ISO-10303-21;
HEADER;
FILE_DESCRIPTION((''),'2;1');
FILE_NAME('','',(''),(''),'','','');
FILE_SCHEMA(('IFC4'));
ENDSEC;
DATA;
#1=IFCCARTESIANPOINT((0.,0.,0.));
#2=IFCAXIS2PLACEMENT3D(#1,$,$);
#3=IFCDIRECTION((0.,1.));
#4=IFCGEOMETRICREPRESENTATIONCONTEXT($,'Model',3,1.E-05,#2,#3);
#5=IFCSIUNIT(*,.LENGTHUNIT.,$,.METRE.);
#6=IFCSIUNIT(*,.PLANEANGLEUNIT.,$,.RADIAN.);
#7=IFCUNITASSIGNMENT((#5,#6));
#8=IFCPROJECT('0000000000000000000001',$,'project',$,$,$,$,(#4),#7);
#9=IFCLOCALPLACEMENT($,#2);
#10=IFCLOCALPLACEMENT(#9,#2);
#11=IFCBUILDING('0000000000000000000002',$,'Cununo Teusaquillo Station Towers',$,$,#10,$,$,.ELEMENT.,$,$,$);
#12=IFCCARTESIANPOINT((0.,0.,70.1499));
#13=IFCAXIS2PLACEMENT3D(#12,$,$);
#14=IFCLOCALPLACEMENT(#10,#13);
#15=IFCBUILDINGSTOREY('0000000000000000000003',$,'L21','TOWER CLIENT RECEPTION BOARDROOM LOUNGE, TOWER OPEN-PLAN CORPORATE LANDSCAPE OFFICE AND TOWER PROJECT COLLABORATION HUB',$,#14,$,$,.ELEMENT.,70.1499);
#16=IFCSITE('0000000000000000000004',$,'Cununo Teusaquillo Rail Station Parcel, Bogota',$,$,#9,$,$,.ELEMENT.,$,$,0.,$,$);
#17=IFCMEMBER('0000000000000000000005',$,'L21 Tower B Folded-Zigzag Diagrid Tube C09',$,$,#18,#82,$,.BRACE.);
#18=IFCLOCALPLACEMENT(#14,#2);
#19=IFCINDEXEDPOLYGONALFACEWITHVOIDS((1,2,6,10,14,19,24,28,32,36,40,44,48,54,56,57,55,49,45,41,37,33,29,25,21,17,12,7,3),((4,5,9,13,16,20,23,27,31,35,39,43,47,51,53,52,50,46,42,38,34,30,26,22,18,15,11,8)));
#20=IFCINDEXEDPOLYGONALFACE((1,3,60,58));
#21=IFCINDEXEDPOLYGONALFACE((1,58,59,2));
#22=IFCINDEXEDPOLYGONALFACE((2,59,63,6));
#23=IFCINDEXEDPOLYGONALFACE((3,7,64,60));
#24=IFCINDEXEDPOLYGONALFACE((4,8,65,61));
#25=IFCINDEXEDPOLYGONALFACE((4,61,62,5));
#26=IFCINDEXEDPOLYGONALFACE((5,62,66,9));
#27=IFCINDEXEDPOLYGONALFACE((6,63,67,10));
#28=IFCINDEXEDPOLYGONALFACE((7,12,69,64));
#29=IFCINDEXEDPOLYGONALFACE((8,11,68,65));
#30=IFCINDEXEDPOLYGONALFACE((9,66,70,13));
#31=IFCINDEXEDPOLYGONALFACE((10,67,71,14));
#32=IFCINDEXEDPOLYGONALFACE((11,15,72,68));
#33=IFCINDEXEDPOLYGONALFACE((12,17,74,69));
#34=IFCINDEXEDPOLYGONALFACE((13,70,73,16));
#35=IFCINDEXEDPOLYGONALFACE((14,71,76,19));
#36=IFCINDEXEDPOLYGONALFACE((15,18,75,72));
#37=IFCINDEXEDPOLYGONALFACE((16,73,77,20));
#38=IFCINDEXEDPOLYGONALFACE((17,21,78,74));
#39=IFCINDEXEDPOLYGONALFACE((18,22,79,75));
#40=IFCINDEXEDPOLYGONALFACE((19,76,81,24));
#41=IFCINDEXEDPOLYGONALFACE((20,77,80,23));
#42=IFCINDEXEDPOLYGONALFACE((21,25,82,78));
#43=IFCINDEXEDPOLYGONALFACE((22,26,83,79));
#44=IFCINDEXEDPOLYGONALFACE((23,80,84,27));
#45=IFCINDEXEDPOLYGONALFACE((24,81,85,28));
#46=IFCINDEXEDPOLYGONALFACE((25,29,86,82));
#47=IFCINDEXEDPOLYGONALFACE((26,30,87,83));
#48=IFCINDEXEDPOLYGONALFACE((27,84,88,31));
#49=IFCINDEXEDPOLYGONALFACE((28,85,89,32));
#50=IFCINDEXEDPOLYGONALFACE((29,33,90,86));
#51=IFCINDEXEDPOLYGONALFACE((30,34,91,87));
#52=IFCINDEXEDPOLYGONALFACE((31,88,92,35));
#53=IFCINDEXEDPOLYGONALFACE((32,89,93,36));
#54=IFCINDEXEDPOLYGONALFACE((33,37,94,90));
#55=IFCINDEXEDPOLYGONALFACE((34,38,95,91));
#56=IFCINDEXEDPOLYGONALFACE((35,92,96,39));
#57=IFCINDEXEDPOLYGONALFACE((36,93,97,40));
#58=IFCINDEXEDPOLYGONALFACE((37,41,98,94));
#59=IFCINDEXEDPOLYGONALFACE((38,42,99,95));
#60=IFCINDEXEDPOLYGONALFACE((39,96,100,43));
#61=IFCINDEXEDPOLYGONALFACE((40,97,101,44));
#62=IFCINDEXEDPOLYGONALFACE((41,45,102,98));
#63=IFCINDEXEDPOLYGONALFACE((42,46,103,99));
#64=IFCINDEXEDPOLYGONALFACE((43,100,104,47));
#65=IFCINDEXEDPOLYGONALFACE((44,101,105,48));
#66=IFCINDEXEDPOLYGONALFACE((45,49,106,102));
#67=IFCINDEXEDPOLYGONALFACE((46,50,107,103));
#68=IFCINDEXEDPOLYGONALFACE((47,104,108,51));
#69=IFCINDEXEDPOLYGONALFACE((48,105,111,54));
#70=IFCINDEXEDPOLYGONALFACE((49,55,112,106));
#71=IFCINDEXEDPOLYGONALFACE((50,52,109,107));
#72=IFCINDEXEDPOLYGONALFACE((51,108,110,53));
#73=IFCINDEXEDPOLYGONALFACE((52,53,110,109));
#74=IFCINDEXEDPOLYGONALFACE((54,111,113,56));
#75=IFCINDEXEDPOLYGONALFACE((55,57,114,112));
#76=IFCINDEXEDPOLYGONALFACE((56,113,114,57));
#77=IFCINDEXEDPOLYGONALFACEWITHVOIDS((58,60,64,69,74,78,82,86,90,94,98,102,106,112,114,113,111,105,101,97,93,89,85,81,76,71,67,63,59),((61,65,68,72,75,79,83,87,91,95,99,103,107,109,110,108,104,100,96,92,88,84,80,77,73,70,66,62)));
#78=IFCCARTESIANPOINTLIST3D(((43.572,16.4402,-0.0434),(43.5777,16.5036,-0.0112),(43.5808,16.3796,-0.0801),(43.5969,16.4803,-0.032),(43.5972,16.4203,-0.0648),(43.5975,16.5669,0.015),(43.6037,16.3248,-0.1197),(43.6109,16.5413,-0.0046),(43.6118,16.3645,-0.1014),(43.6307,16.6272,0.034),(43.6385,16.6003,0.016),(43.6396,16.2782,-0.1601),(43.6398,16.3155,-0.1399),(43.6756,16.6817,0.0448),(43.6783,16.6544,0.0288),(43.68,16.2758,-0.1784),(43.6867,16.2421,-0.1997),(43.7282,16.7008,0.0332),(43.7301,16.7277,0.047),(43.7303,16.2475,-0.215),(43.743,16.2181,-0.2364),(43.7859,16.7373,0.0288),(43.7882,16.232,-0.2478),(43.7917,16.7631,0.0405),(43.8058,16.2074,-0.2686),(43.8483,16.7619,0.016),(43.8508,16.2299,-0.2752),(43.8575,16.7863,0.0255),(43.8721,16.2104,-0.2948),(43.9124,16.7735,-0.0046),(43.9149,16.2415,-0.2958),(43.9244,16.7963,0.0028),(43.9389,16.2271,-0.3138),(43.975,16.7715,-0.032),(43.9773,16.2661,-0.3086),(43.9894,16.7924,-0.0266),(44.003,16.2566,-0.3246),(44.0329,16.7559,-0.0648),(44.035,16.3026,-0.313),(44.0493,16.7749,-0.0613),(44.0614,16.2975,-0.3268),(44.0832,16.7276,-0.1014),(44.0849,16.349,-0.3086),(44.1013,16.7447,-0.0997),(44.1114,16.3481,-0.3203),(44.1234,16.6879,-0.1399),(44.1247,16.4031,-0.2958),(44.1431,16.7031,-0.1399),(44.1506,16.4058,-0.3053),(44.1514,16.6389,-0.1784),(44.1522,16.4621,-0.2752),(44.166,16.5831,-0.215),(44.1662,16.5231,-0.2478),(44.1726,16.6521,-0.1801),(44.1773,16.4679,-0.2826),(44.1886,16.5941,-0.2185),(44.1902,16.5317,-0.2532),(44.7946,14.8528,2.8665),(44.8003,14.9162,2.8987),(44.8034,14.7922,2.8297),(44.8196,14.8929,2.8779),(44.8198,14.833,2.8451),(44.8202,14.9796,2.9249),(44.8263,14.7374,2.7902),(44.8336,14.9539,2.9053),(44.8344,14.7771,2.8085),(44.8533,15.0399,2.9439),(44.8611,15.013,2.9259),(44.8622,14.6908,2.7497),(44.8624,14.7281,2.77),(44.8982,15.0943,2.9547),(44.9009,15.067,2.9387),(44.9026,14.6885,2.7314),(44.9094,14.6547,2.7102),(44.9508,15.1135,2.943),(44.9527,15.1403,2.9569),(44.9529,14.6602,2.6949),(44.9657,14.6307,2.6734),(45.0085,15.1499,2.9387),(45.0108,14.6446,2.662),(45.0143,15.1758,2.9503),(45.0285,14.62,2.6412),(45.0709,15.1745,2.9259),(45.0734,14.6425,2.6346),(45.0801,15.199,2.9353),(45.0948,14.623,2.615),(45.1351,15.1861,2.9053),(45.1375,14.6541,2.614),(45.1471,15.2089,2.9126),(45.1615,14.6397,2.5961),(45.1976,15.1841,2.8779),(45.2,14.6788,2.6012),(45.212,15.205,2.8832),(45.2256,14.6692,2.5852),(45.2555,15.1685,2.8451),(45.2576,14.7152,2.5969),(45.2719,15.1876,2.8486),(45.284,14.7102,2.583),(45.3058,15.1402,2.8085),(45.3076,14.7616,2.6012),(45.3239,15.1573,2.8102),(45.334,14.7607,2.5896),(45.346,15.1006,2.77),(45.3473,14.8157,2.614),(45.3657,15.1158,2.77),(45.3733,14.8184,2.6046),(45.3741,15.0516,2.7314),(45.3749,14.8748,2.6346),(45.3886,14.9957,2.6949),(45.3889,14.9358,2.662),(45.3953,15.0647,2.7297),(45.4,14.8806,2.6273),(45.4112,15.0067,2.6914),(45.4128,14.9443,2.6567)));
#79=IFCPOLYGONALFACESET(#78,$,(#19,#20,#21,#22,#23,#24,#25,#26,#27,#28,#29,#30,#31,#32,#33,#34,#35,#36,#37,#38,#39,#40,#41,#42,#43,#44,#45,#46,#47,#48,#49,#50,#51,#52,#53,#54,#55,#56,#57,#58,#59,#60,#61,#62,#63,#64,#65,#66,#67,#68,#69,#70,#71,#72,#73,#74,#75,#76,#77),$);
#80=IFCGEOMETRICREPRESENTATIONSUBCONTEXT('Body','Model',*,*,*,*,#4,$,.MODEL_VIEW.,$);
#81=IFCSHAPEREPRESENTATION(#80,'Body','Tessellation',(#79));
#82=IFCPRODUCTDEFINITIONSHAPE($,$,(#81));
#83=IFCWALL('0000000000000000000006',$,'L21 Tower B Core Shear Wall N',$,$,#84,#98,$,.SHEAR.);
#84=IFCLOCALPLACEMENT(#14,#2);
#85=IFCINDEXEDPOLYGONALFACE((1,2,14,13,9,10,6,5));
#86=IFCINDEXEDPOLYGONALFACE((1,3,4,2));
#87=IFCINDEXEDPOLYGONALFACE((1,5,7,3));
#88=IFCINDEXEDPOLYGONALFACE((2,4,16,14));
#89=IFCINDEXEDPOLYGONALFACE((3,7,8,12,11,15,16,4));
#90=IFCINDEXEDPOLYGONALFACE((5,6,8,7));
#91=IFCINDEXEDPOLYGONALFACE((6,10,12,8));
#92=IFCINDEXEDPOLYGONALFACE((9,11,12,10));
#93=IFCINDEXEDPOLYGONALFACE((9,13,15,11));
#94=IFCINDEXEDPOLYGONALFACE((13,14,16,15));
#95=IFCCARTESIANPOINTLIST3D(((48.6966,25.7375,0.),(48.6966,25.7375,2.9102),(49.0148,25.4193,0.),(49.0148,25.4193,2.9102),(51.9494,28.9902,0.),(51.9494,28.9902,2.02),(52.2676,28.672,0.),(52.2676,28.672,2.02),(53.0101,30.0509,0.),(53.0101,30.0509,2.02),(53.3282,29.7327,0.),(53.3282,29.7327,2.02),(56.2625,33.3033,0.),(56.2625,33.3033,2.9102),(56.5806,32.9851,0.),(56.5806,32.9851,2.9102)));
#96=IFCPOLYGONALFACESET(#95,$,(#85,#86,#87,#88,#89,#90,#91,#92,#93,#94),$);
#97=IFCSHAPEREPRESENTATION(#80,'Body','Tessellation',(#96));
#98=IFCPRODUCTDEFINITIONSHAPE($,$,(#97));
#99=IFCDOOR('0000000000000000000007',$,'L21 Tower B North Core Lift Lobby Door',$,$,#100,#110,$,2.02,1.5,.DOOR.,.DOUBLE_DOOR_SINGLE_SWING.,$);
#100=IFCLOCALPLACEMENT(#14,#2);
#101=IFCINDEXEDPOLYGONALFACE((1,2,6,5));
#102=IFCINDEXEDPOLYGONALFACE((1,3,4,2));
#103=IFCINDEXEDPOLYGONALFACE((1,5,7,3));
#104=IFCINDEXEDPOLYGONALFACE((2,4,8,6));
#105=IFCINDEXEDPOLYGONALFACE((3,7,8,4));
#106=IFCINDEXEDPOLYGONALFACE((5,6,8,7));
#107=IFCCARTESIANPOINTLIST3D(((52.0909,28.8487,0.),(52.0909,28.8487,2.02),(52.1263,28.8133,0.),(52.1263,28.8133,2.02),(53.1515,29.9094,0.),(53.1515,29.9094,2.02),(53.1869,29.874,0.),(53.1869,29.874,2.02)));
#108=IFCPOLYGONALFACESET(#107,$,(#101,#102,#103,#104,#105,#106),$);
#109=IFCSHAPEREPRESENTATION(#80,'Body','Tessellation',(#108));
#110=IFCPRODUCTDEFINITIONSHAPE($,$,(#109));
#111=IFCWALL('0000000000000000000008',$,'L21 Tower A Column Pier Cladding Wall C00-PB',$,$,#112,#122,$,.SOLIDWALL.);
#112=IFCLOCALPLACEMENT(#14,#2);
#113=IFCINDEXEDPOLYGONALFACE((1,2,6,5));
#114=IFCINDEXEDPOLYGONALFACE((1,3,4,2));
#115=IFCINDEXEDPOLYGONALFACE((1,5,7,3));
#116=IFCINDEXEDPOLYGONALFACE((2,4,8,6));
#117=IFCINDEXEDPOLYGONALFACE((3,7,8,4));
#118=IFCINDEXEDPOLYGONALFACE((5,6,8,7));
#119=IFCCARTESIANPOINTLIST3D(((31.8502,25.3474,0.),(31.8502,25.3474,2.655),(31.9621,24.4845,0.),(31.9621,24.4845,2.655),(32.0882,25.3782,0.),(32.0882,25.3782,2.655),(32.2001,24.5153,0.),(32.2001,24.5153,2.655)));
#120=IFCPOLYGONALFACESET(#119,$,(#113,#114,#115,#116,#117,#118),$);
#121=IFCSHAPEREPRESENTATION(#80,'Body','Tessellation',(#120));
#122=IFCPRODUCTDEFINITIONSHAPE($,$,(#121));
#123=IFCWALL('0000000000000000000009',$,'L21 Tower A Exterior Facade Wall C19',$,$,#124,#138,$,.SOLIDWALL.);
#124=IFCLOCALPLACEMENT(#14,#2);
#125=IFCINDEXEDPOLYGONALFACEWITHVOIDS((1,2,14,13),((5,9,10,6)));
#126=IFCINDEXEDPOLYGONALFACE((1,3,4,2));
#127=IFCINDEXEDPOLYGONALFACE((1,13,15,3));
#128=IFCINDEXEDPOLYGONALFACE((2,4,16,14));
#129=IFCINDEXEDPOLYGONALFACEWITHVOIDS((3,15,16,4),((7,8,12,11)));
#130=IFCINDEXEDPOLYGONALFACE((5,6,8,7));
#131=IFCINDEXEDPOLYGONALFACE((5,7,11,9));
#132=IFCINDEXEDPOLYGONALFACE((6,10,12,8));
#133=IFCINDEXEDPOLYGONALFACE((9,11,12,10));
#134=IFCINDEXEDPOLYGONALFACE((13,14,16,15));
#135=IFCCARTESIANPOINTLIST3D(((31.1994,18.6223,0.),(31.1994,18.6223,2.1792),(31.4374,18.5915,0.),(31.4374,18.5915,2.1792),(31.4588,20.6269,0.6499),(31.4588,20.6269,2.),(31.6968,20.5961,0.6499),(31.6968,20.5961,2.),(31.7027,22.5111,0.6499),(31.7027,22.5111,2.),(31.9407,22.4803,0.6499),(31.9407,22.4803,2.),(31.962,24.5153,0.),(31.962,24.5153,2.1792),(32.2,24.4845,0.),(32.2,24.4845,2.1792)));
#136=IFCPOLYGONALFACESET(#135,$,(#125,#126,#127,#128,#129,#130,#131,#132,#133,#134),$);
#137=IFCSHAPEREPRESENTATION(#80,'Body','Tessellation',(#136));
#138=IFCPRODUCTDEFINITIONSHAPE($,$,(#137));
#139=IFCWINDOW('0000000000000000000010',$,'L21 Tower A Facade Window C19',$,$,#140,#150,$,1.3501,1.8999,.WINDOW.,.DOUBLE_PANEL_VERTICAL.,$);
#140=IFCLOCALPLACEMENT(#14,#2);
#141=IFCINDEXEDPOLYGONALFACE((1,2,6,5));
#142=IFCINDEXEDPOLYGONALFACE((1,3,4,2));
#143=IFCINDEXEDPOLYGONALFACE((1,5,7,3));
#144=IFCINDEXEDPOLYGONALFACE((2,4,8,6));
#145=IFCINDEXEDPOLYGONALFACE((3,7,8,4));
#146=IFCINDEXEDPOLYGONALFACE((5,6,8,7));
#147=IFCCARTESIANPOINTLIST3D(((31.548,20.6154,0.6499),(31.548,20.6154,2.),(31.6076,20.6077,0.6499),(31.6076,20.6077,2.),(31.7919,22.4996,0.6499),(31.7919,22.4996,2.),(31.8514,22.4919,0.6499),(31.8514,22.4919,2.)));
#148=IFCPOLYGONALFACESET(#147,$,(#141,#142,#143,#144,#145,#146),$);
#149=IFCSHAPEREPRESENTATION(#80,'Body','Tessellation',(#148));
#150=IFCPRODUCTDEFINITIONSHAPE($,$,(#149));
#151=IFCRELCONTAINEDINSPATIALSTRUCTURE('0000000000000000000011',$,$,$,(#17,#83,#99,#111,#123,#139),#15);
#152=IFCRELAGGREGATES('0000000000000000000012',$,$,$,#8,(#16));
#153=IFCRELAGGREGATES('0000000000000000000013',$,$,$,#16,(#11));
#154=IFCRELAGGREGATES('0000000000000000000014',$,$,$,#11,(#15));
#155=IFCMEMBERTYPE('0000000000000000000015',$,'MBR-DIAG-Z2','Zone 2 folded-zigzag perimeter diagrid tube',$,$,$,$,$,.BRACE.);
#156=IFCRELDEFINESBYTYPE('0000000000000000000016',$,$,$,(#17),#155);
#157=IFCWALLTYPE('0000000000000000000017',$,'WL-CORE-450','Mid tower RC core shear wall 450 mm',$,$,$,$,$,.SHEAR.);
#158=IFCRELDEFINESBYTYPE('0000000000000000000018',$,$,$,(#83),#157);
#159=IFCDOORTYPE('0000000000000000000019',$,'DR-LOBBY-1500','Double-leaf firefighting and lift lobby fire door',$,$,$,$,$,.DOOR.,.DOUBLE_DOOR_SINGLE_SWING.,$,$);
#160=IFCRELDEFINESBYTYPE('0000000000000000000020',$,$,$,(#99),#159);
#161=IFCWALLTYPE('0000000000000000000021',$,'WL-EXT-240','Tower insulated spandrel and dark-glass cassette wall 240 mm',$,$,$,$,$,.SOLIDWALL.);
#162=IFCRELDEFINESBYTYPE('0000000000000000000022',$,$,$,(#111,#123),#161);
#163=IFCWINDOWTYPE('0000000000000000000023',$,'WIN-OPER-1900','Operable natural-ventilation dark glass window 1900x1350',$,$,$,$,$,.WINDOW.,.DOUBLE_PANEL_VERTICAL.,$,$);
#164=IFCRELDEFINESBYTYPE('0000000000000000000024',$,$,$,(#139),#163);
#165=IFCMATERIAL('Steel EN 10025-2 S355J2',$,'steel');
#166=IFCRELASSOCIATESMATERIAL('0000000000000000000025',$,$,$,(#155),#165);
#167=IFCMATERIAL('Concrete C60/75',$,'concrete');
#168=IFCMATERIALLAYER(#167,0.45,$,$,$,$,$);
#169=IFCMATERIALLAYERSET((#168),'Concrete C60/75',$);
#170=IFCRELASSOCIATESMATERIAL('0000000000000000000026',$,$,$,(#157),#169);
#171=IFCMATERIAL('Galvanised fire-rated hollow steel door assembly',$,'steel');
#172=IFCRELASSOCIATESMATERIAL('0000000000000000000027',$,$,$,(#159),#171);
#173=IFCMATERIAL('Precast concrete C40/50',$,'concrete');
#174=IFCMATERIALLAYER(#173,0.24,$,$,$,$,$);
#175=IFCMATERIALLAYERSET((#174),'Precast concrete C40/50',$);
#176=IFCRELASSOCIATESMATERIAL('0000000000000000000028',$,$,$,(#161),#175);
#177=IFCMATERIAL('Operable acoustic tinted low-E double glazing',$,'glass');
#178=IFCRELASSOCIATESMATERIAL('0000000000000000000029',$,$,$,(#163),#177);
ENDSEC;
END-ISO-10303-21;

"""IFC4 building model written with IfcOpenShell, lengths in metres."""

from ifc_helpers import new_model, si_unit, direction, frame, frame_2d, origin, origin_2d, place, context, subcontext, project, spatial, rectangle, hollow_circle, extrude, source, transform, mapped, material, layer, layer_set, material_profile, profile_set, type_object, element, fill, save


model = new_model("IFC4")

# Units and contexts
model_context = context("Model", 3, precision=1e-05, world=origin(), true_north=direction((0.0, 1.0)))
body_context = subcontext(model_context, "Body", "Model", "MODEL_VIEW")
ifc_project = project(units=[si_unit("LENGTHUNIT", "METRE"), si_unit("PLANEANGLEUNIT", "RADIAN")], contexts=[model_context])

# Site, building, storey
site_placement = place(None, origin())
site = spatial("IfcSite", under=ifc_project, at=site_placement, Name="Cununo Teusaquillo Rail Station Parcel, Bogota", CompositionType="ELEMENT", RefElevation=0.0)
building_placement = place(site_placement, origin())
building = spatial("IfcBuilding", under=site, at=building_placement, Name="Cununo Teusaquillo Station Towers", CompositionType="ELEMENT")
storey_placement = place(building_placement, frame((0.0, 0.0, 70.1499)))
storey = spatial("IfcBuildingStorey", under=building, at=storey_placement, Name="L21", Description="TOWER CLIENT RECEPTION BOARDROOM LOUNGE, TOWER OPEN-PLAN CORPORATE LANDSCAPE OFFICE AND TOWER PROJECT COLLABORATION HUB", CompositionType="ELEMENT", Elevation=70.1499)

# Member
ifc_material_1 = material(Name="Steel EN 10025-2 S355J2", Category="steel")
ifc_material_profile_1 = material_profile(ifc_material_1, hollow_circle(Radius=0.3301, WallThickness=0.0249, at=origin_2d()), Name="CHS 660x25")
ifc_profile_set_1 = profile_set([ifc_material_profile_1], Name="Steel EN 10025-2 S355J2")
member_type_1 = type_object("IfcMemberType", Name="MBR-DIAG-Z2", Description="Zone 2 folded-zigzag perimeter diagrid tube", PredefinedType="BRACE", material=ifc_profile_set_1)
member_1_placement = place(storey_placement, frame((43.8816, 16.5017, -0.1399), z_axis=(0.346064, -0.449303, 0.82363), x_axis=(0.792243, 0.610205, 0.0)))
element("IfcMember", 1, at=member_1_placement, inside=storey, type_object=member_type_1, Name="L21 Tower B Folded-Zigzag Diagrid Tube C09", PredefinedType="BRACE", context=body_context, shape_type="SweptSolid", body=[
    extrude(hollow_circle(Radius=0.3301, WallThickness=0.0249, at=origin_2d()), origin(), (0.0, 0.0, 1.0), 3.533),
])

# Wall, opening, door
ifc_material_2 = material(Name="Concrete C60/75", Category="concrete")
ifc_layer_1 = layer(ifc_material_2, 0.45)
ifc_layer_set_1 = layer_set([ifc_layer_1], Name="Concrete C60/75")
wall_type_1 = type_object("IfcWallType", Name="WL-CORE-450", Description="Mid tower RC core shear wall 450 mm", PredefinedType="SHEAR", material=ifc_layer_set_1)
wall_1_placement = place(storey_placement, frame((48.8557, 25.5784, 0.0), z_axis=(0.0, 0.0, 1.0), x_axis=(0.707107, 0.707107, 0.0)))
wall_1 = element("IfcWall", 2, at=wall_1_placement, inside=storey, type_object=wall_type_1, Name="L21 Tower B Core Shear Wall N", PredefinedType="SHEAR", context=body_context, shape_type="SweptSolid", body=[
    extrude(rectangle(XDim=10.6997, YDim=0.45, at=frame_2d((5.3499, 0.0))), origin(), (0.0, 0.0, 1.0), 2.9102),
])
shared_shape_1 = source(origin(), body_context, "Body", "SweptSolid", [
    extrude(rectangle(XDim=1.5, YDim=2.02, at=frame_2d((0.75, 1.01))), frame((0.0, 0.2349, 0.0), z_axis=(0.0, -1.0, 0.0), x_axis=(1.0, 0.0, 0.0)), (0.0, 0.0, 1.0), 0.47),
])
opening_1_placement = place(wall_1_placement, frame((4.6001, 0.0, 0.0)))
opening_1 = element("IfcOpeningElement", 3, at=opening_1_placement, cuts=wall_1, PredefinedType="OPENING", context=body_context, shape_type="MappedRepresentation", body=[
    mapped(shared_shape_1, transform((0.0, 0.0, 0.0), x_axis=(1.0, 0.0, 0.0), y_axis=(0.0, 1.0, 0.0), z_axis=(0.0, 0.0, 1.0), scale=1.0)),
])
ifc_material_3 = material(Name="Galvanised fire-rated hollow steel door assembly", Category="steel")
door_type = type_object("IfcDoorType", Name="DR-LOBBY-1500", Description="Double-leaf firefighting and lift lobby fire door", OperationType="DOUBLE_DOOR_SINGLE_SWING", PredefinedType="DOOR", material=ifc_material_3)
shared_shape_2 = source(origin(), body_context, "Body", "SweptSolid", [
    extrude(rectangle(XDim=1.5, YDim=2.02, at=frame_2d((0.75, 1.01))), frame((0.0, 0.0249, 0.0), z_axis=(0.0, -1.0, 0.0), x_axis=(1.0, 0.0, 0.0)), (0.0, 0.0, 1.0), 0.05),
])
door_placement = place(opening_1_placement, origin())
door = element("IfcDoor", 4, at=door_placement, inside=storey, type_object=door_type, Name="L21 Tower B North Core Lift Lobby Door", OperationType="DOUBLE_DOOR_SINGLE_SWING", OverallHeight=2.02, OverallWidth=1.5, PredefinedType="DOOR", context=body_context, shape_type="MappedRepresentation", body=[
    mapped(shared_shape_2, transform((0.0, 0.0, 0.0), x_axis=(1.0, 0.0, 0.0), y_axis=(0.0, 1.0, 0.0), z_axis=(0.0, 0.0, 1.0), scale=1.0)),
])
fill(opening_1, door)

# Wall
ifc_material_4 = material(Name="Precast concrete C40/50", Category="concrete")
ifc_layer_2 = layer(ifc_material_4, 0.24)
ifc_layer_set_2 = layer_set([ifc_layer_2], Name="Precast concrete C40/50")
wall_type_2 = type_object("IfcWallType", Name="WL-EXT-240", Description="Tower insulated spandrel and dark-glass cassette wall 240 mm", PredefinedType="SOLIDWALL", material=ifc_layer_set_2)
wall_2_placement = place(storey_placement, frame((31.9692, 25.3628, 0.0), z_axis=(0.0, 0.0, 1.0), x_axis=(0.128523, -0.991706, 0.0)))
element("IfcWall", 5, at=wall_2_placement, inside=storey, type_object=wall_type_2, Name="L21 Tower A Column Pier Cladding Wall C00-PB", PredefinedType="SOLIDWALL", context=body_context, shape_type="SweptSolid", body=[
    extrude(rectangle(XDim=0.8701, YDim=0.24, at=frame_2d((0.4351, 0.0))), origin(), (0.0, 0.0, 1.0), 2.655),
])

# Wall, opening, window
wall_3_placement = place(storey_placement, frame((32.0811, 24.5, 0.0), z_axis=(0.0, 0.0, 1.0), x_axis=(-0.128352, -0.991729, 0.0)))
wall_3 = element("IfcWall", 6, at=wall_3_placement, inside=storey, type_object=wall_type_2, Name="L21 Tower A Exterior Facade Wall C19", PredefinedType="SOLIDWALL", context=body_context, shape_type="SweptSolid", body=[
    extrude(rectangle(XDim=5.9421, YDim=0.24, at=frame_2d((2.9712, 0.0))), origin(), (0.0, 0.0, 1.0), 2.1792),
])
shared_shape_3 = source(origin(), body_context, "Body", "SweptSolid", [
    extrude(rectangle(XDim=1.8999, YDim=1.3501, at=frame_2d((0.95, 0.675))), frame((0.0, 0.1299, 0.0), z_axis=(0.0, -1.0, 0.0), x_axis=(1.0, 0.0, 0.0)), (0.0, 0.0, 1.0), 0.26),
])
opening_2_placement = place(wall_3_placement, frame((2.021, 0.0, 0.6499)))
opening_2 = element("IfcOpeningElement", 7, at=opening_2_placement, cuts=wall_3, PredefinedType="OPENING", context=body_context, shape_type="MappedRepresentation", body=[
    mapped(shared_shape_3, transform((0.0, 0.0, 0.0), x_axis=(1.0, 0.0, 0.0), y_axis=(0.0, 1.0, 0.0), z_axis=(0.0, 0.0, 1.0), scale=1.0)),
])
ifc_material_5 = material(Name="Operable acoustic tinted low-E double glazing", Category="glass")
window_type = type_object("IfcWindowType", Name="WIN-OPER-1900", Description="Operable natural-ventilation dark glass window 1900x1350", PartitioningType="DOUBLE_PANEL_VERTICAL", PredefinedType="WINDOW", material=ifc_material_5)
shared_shape_4 = source(origin(), body_context, "Body", "SweptSolid", [
    extrude(rectangle(XDim=1.8999, YDim=1.3501, at=frame_2d((0.95, 0.675))), frame((0.0, 0.03, 0.0), z_axis=(0.0, -1.0, 0.0), x_axis=(1.0, 0.0, 0.0)), (0.0, 0.0, 1.0), 0.0601),
])
window_1_placement = place(opening_2_placement, origin())
window_1 = element("IfcWindow", 8, at=window_1_placement, inside=storey, type_object=window_type, Name="L21 Tower A Facade Window C19", OverallHeight=1.3501, OverallWidth=1.8999, PartitioningType="DOUBLE_PANEL_VERTICAL", PredefinedType="WINDOW", context=body_context, shape_type="MappedRepresentation", body=[
    mapped(shared_shape_4, transform((0.0, 0.0, 0.0), x_axis=(1.0, 0.0, 0.0), y_axis=(0.0, 1.0, 0.0), z_axis=(0.0, 0.0, 1.0), scale=1.0)),
])
fill(opening_2, window_1)

save(model, "model.ifc")
